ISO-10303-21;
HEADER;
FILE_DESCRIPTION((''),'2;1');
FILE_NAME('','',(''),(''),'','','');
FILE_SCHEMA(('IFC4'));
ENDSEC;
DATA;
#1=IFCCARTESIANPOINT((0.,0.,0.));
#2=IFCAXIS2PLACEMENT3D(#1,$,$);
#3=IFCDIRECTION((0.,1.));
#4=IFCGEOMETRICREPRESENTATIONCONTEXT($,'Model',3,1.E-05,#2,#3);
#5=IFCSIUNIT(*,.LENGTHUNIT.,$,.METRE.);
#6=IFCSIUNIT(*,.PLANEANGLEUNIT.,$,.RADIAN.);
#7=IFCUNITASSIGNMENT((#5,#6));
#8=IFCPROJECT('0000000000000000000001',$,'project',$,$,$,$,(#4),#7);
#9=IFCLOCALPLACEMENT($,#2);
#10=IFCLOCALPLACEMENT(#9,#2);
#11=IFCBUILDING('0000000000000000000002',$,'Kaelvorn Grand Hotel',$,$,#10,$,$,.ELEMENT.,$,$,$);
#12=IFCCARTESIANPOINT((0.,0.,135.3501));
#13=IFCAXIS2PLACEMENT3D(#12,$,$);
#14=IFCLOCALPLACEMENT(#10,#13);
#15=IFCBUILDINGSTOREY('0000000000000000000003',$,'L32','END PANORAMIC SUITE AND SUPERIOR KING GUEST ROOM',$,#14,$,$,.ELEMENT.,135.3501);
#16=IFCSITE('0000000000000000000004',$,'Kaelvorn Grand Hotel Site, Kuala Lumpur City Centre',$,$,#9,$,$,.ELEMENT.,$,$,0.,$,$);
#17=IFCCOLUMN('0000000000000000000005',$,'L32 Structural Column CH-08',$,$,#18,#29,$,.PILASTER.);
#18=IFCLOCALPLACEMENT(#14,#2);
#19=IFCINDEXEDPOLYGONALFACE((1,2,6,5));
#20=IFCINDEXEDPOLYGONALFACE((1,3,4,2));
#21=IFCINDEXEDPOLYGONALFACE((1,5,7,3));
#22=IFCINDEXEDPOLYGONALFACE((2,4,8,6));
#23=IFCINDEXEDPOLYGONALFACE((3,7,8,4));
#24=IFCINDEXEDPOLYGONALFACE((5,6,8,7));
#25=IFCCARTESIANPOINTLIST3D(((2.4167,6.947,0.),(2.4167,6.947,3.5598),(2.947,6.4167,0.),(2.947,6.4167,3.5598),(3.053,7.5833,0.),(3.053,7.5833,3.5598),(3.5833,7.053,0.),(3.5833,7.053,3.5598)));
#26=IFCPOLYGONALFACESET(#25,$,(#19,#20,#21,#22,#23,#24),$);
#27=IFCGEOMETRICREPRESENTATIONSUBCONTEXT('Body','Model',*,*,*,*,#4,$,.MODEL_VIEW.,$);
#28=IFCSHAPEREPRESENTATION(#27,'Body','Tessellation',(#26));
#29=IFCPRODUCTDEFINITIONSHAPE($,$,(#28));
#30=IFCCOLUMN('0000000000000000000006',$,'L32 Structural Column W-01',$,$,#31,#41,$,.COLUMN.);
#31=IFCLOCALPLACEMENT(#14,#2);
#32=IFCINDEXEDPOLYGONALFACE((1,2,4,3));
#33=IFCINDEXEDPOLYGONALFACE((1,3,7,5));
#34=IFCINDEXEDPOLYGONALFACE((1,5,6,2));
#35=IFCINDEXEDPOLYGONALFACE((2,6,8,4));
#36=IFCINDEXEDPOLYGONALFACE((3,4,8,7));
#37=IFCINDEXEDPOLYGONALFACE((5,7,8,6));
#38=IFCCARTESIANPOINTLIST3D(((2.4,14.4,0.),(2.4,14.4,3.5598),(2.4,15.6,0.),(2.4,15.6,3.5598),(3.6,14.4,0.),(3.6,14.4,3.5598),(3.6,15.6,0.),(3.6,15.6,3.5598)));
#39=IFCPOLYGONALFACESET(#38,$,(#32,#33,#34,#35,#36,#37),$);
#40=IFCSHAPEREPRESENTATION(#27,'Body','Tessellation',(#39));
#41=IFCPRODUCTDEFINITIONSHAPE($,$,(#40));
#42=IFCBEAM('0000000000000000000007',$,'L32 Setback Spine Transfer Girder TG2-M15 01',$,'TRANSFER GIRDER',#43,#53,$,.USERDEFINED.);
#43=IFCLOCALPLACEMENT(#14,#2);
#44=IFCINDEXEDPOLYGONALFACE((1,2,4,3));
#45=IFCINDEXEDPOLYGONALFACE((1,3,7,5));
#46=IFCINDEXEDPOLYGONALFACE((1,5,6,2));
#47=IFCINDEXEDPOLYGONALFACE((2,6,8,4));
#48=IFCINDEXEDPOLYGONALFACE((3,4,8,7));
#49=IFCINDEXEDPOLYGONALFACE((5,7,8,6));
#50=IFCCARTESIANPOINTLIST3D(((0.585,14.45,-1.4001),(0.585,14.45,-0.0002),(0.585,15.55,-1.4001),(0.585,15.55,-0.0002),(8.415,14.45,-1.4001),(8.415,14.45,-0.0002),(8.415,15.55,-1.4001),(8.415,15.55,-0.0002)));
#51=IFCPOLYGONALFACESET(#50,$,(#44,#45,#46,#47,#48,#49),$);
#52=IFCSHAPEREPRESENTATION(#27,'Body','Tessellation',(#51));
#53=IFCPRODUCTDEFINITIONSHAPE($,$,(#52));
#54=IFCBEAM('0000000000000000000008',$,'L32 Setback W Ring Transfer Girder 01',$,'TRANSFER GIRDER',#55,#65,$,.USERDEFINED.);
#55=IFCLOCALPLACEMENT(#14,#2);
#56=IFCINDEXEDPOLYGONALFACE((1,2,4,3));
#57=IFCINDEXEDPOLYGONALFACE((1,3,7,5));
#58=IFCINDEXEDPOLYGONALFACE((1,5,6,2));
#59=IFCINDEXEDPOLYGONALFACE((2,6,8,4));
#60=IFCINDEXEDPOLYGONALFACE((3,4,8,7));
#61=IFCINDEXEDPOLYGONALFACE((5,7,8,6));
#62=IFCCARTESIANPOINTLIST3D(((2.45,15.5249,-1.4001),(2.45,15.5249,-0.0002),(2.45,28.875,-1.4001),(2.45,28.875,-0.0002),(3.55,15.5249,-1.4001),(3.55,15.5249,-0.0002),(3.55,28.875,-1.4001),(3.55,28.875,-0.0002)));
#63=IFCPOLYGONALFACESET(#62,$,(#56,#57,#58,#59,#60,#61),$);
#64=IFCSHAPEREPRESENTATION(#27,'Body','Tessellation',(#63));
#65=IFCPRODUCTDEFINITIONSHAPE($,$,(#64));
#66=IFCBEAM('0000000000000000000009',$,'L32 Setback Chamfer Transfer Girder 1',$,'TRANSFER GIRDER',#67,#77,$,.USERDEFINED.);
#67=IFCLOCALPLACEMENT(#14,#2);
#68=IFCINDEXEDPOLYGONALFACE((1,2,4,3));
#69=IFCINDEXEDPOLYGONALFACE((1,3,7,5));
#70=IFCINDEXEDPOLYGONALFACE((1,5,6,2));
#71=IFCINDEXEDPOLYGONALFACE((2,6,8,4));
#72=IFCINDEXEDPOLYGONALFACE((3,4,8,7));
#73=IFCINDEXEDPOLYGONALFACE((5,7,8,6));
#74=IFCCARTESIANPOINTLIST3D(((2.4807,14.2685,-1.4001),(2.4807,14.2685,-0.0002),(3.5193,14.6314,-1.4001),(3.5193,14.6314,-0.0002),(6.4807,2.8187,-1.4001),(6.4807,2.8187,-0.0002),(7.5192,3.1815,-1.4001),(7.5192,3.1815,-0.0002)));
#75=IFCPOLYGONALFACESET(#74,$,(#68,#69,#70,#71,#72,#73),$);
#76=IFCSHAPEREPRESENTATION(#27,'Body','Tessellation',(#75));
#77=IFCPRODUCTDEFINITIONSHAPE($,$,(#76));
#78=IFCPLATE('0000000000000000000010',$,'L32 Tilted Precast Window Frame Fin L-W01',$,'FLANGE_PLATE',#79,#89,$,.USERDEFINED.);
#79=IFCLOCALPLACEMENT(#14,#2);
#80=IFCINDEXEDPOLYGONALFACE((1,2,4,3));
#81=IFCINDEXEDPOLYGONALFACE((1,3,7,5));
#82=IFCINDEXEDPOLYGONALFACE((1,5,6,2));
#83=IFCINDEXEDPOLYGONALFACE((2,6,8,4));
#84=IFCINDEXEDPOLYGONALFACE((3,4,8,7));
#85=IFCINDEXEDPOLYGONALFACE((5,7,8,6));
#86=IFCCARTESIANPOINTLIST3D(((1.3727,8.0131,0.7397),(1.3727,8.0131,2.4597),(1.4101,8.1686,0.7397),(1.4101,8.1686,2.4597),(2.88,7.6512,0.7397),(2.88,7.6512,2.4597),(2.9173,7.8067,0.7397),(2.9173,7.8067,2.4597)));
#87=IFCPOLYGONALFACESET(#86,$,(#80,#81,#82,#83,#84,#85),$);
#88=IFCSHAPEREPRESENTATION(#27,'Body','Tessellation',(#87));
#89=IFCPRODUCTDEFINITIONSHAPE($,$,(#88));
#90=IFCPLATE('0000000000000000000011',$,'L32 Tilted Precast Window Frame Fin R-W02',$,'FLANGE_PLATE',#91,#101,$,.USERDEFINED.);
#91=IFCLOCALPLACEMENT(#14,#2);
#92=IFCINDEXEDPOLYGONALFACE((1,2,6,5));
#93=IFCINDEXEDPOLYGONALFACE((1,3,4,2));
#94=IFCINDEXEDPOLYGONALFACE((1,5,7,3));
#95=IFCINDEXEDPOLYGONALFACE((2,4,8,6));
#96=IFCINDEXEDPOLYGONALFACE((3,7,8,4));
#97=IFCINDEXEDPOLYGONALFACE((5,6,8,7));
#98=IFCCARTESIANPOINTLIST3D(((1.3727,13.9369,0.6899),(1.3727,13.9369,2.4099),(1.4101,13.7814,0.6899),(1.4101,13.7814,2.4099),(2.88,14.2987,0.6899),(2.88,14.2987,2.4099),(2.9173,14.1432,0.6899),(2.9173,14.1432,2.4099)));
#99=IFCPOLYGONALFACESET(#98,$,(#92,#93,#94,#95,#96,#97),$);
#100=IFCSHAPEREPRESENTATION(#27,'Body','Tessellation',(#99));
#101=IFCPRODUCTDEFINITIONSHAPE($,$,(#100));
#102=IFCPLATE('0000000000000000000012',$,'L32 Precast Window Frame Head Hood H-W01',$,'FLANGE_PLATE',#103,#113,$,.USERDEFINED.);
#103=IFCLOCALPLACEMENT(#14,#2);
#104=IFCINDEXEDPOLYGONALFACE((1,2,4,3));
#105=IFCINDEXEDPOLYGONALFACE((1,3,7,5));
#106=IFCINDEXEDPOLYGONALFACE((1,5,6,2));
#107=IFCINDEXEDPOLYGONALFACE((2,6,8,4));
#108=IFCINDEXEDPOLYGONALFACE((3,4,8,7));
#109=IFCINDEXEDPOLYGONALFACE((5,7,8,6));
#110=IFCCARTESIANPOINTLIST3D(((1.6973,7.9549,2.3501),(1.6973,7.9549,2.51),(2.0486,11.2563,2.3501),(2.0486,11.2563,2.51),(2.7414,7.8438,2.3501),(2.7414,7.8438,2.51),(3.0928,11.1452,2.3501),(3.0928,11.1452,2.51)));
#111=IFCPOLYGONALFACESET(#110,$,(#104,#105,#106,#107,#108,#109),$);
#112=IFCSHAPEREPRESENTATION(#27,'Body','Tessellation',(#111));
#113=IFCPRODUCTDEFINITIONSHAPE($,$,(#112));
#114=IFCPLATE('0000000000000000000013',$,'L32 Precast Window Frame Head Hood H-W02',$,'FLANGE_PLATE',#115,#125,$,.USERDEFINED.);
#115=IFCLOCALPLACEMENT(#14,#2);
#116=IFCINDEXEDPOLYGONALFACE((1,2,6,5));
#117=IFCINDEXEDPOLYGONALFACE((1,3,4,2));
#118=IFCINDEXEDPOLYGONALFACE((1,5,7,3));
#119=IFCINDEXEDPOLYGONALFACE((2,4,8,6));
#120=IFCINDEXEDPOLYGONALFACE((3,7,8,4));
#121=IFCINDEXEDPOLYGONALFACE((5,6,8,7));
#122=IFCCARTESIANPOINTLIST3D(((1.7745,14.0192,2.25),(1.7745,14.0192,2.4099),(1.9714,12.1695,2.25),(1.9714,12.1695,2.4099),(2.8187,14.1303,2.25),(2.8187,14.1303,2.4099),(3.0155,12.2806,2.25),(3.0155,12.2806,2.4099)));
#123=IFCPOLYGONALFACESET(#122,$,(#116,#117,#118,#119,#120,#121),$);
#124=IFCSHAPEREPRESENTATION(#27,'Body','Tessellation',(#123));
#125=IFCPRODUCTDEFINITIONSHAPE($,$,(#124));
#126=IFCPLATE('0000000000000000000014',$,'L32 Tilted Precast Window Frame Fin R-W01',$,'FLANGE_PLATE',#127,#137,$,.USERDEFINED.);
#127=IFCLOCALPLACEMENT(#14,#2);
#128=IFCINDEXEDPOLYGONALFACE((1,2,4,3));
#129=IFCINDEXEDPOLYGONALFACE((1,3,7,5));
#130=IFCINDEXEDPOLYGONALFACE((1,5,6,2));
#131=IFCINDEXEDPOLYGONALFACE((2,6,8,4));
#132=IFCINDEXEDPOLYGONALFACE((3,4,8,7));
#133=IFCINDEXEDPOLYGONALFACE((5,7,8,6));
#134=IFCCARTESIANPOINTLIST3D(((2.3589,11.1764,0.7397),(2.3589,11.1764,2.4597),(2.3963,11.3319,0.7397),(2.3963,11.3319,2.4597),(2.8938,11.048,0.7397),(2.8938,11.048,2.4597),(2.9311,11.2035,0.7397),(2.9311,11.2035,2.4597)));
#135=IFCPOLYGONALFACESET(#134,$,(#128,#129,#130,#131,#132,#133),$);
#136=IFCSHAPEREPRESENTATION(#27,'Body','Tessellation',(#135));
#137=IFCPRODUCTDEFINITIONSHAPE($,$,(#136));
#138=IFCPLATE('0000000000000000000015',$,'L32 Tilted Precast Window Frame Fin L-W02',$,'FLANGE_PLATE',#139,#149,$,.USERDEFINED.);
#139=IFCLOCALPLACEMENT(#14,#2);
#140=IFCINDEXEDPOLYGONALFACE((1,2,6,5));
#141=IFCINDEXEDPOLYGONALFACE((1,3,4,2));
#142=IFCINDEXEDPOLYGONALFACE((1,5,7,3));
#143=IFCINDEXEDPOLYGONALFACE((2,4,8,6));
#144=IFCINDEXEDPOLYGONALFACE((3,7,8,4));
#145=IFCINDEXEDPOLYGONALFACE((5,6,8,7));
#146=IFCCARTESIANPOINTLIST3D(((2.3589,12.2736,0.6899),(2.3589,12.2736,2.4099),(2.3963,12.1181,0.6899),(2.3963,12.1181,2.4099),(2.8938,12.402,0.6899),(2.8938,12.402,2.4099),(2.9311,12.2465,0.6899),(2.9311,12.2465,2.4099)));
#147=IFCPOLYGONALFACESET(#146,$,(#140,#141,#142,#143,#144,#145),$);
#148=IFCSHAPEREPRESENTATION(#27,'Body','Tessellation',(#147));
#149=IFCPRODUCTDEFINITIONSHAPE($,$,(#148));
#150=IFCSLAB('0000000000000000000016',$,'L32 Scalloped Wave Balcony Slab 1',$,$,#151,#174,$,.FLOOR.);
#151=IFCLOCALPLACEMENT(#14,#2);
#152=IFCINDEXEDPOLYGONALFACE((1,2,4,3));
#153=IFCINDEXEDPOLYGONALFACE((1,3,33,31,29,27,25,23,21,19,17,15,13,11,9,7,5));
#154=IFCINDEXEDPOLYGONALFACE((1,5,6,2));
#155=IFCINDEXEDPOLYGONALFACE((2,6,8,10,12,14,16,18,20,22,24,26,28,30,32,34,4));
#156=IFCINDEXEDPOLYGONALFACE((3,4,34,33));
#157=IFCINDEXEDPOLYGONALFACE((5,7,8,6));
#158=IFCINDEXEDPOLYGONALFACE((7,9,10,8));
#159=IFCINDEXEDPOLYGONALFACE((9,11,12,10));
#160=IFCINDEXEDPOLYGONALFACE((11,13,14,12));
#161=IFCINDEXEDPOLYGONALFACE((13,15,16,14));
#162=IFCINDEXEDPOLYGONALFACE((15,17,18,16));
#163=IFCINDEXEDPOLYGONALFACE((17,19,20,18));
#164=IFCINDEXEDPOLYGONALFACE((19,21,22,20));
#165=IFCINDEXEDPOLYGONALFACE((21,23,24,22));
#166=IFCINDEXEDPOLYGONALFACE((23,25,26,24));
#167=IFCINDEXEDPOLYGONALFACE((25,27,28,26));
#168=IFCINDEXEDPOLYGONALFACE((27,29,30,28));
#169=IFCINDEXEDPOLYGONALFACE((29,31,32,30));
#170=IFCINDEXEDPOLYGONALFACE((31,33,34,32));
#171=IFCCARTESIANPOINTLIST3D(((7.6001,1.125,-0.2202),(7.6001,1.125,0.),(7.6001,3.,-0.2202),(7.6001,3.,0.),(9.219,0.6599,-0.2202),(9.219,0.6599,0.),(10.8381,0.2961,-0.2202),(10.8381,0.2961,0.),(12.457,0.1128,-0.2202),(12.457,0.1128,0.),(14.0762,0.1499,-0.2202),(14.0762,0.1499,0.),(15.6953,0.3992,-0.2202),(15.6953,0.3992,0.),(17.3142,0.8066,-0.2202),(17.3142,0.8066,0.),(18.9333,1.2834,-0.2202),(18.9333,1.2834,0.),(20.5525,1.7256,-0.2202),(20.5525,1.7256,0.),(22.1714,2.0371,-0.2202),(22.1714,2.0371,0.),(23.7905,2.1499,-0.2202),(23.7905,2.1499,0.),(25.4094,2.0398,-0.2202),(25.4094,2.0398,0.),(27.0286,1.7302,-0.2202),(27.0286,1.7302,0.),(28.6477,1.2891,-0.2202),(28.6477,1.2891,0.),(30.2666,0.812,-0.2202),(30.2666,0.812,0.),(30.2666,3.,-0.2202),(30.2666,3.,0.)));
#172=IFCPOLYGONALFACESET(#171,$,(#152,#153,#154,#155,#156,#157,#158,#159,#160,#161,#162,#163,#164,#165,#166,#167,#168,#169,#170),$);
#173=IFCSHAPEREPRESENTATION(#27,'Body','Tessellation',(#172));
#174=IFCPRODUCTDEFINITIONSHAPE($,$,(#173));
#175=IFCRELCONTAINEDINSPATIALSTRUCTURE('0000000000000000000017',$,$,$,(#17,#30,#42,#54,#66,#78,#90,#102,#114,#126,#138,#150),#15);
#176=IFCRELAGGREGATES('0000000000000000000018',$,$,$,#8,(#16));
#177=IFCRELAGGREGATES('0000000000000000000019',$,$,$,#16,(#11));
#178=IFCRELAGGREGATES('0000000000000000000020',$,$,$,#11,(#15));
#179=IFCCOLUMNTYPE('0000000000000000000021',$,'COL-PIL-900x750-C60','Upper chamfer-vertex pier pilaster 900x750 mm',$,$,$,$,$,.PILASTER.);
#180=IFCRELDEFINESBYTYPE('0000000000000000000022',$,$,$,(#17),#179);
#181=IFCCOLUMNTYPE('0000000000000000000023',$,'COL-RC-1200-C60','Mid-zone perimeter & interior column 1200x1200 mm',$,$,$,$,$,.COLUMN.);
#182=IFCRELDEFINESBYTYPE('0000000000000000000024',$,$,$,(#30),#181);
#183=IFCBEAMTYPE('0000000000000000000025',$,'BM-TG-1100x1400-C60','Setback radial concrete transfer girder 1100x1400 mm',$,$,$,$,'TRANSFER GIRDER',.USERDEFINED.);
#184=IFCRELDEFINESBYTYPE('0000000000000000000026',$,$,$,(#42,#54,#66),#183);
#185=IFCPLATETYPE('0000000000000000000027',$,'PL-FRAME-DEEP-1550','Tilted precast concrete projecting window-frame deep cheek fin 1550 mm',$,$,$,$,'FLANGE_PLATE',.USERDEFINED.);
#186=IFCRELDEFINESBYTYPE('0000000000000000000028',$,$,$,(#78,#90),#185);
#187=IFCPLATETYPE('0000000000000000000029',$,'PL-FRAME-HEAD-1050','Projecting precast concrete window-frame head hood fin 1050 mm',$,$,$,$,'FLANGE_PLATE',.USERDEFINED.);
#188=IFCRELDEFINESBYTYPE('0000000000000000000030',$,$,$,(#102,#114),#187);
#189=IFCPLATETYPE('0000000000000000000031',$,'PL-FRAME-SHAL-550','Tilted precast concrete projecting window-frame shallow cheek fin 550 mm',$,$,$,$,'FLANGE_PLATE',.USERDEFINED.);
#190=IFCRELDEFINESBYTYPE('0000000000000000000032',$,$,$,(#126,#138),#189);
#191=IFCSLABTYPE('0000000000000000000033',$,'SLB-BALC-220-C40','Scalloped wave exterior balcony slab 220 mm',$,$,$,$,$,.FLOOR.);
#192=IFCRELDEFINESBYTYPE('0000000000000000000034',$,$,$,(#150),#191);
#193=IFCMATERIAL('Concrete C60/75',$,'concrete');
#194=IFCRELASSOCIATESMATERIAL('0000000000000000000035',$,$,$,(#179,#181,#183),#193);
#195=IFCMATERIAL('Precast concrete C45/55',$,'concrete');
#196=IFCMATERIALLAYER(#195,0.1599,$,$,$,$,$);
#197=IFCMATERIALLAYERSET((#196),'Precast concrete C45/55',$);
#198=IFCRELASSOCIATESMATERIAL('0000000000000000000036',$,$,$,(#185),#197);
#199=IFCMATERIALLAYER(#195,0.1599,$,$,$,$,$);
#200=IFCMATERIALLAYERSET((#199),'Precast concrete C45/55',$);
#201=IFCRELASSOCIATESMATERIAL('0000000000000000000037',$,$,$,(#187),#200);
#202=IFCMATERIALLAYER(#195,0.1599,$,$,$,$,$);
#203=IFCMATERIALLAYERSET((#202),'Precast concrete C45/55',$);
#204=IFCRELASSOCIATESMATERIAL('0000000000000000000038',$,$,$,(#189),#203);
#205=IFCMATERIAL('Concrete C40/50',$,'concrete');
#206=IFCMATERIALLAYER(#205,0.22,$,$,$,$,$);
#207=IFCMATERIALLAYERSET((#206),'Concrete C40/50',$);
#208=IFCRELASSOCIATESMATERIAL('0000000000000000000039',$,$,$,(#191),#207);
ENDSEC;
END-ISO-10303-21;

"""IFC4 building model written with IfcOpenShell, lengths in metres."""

from ifc_helpers import new_model, si_unit, direction, frame, origin, origin_2d, place, context, subcontext, project, spatial, polyline, rectangle, outline, extrude, material, layer, layer_set, material_profile, profile_set, type_object, element, save


model = new_model("IFC4")

# Units and contexts
model_context = context("Model", 3, precision=1e-05, world=origin(), true_north=direction((0.0, 1.0)))
body_context = subcontext(model_context, "Body", "Model", "MODEL_VIEW")
ifc_project = project(units=[si_unit("LENGTHUNIT", "METRE"), si_unit("PLANEANGLEUNIT", "RADIAN")], contexts=[model_context])

# Site, building, storey
site_placement = place(None, origin())
site = spatial("IfcSite", under=ifc_project, at=site_placement, Name="Kaelvorn Grand Hotel Site, Kuala Lumpur City Centre", CompositionType="ELEMENT", RefElevation=0.0)
building_placement = place(site_placement, origin())
building = spatial("IfcBuilding", under=site, at=building_placement, Name="Kaelvorn Grand Hotel", CompositionType="ELEMENT")
storey_placement = place(building_placement, frame((0.0, 0.0, 135.3501)))
storey = spatial("IfcBuildingStorey", under=building, at=storey_placement, Name="L32", Description="END PANORAMIC SUITE AND SUPERIOR KING GUEST ROOM", CompositionType="ELEMENT", Elevation=135.3501)

# Columns
ifc_material_1 = material(Name="Concrete C60/75", Category="concrete")
ifc_material_profile_1 = material_profile(ifc_material_1, rectangle(XDim=0.8999, YDim=0.75, at=origin_2d()), Name="RC PILASTER 900x750")
ifc_profile_set_1 = profile_set([ifc_material_profile_1], Name="Concrete C60/75")
column_type_1 = type_object("IfcColumnType", Name="COL-PIL-900x750-C60", Description="Upper chamfer-vertex pier pilaster 900x750 mm", PredefinedType="PILASTER", material=ifc_profile_set_1)
column_1_placement = place(storey_placement, frame((3.0, 7.0, 0.0), z_axis=(0.0, 0.0, 1.0), x_axis=(0.707107, 0.707107, 0.0)))
element("IfcColumn", 1, at=column_1_placement, inside=storey, type_object=column_type_1, Name="L32 Structural Column CH-08", PredefinedType="PILASTER", context=body_context, shape_type="SweptSolid", body=[
    extrude(rectangle(XDim=0.8999, YDim=0.75, at=origin_2d()), origin(), (0.0, 0.0, 1.0), 3.5598),
])
ifc_material_profile_2 = material_profile(ifc_material_1, rectangle(XDim=1.2, YDim=1.2, at=origin_2d()), Name="RC COL 1200x1200")
ifc_profile_set_2 = profile_set([ifc_material_profile_2], Name="Concrete C60/75")
column_type_2 = type_object("IfcColumnType", Name="COL-RC-1200-C60", Description="Mid-zone perimeter & interior column 1200x1200 mm", PredefinedType="COLUMN", material=ifc_profile_set_2)
column_2_placement = place(storey_placement, frame((3.0, 15.0, 0.0), z_axis=(0.0, 0.0, 1.0), x_axis=(1.0, 0.0, 0.0)))
element("IfcColumn", 2, at=column_2_placement, inside=storey, type_object=column_type_2, Name="L32 Structural Column W-01", PredefinedType="COLUMN", context=body_context, shape_type="SweptSolid", body=[
    extrude(rectangle(XDim=1.2, YDim=1.2, at=origin_2d()), origin(), (0.0, 0.0, 1.0), 3.5598),
])

# Beams
ifc_material_profile_3 = material_profile(ifc_material_1, rectangle(XDim=1.1001, YDim=1.3999, at=origin_2d()), Name="RC TG 1100x1400")
ifc_profile_set_3 = profile_set([ifc_material_profile_3], Name="Concrete C60/75")
beam_type = type_object("IfcBeamType", Name="BM-TG-1100x1400-C60", Description="Setback radial concrete transfer girder 1100x1400 mm", ElementType="TRANSFER GIRDER", PredefinedType="USERDEFINED", material=ifc_profile_set_3)
beam_1_placement = place(storey_placement, frame((0.585, 15.0, -0.7002), z_axis=(1.0, 0.0, 0.0), x_axis=(0.0, 1.0, 0.0)))
element("IfcBeam", 3, at=beam_1_placement, inside=storey, type_object=beam_type, Name="L32 Setback Spine Transfer Girder TG2-M15 01", ObjectType="TRANSFER GIRDER", PredefinedType="USERDEFINED", context=body_context, shape_type="SweptSolid", body=[
    extrude(rectangle(XDim=1.1001, YDim=1.3999, at=origin_2d()), origin(), (0.0, 0.0, 1.0), 7.8301),
])
beam_2_placement = place(storey_placement, frame((3.0, 15.5249, -0.7002), z_axis=(0.0, 1.0, 0.0), x_axis=(-1.0, 0.0, 0.0)))
element("IfcBeam", 4, at=beam_2_placement, inside=storey, type_object=beam_type, Name="L32 Setback W Ring Transfer Girder 01", ObjectType="TRANSFER GIRDER", PredefinedType="USERDEFINED", context=body_context, shape_type="SweptSolid", body=[
    extrude(rectangle(XDim=1.1001, YDim=1.3999, at=origin_2d()), origin(), (0.0, 0.0, 1.0), 13.3501),
])
beam_3_placement = place(storey_placement, frame((3.0, 14.45, -0.7002), z_axis=(0.329801, -0.944051, 0.0), x_axis=(0.944051, 0.329801, 0.0)))
element("IfcBeam", 5, at=beam_3_placement, inside=storey, type_object=beam_type, Name="L32 Setback Chamfer Transfer Girder 1", ObjectType="TRANSFER GIRDER", PredefinedType="USERDEFINED", context=body_context, shape_type="SweptSolid", body=[
    extrude(rectangle(XDim=1.1001, YDim=1.3999, at=origin_2d()), origin(), (0.0, 0.0, 1.0), 12.1284),
])

# Plates
ifc_material_2 = material(Name="Precast concrete C45/55", Category="concrete")
ifc_layer_1 = layer(ifc_material_2, 0.1599)
ifc_layer_set_1 = layer_set([ifc_layer_1], Name="Precast concrete C45/55")
plate_type_1 = type_object("IfcPlateType", Name="PL-FRAME-DEEP-1550", Description="Tilted precast concrete projecting window-frame deep cheek fin 1550 mm", ElementType="FLANGE_PLATE", PredefinedType="USERDEFINED", material=ifc_layer_set_1)
for number, where, z_axis, x_axis, name in (
    (6, (2.145, 7.9099, 0.7397), (0.0, 0.0, 1.0), (0.233445, 0.97237, 0.0), "L32 Tilted Precast Window Frame Fin L-W01"),
    (7, (2.145, 14.04, 0.6899), (0.0, 0.0, 1.0), (-0.233445, 0.97237, 0.0), "L32 Tilted Precast Window Frame Fin R-W02"),
):
    element("IfcPlate", number, at=place(storey_placement, frame(where, z_axis=z_axis, x_axis=x_axis)), inside=storey, type_object=plate_type_1, Name=name, ObjectType="FLANGE_PLATE", PredefinedType="USERDEFINED", context=body_context, shape_type="SweptSolid", body=[
        extrude(rectangle(XDim=0.1599, YDim=1.55, at=origin_2d()), origin(), (0.0, 0.0, 1.0), 1.72),
    ])
ifc_layer_2 = layer(ifc_material_2, 0.1599)
ifc_layer_set_2 = layer_set([ifc_layer_2], Name="Precast concrete C45/55")
plate_type_2 = type_object("IfcPlateType", Name="PL-FRAME-HEAD-1050", Description="Projecting precast concrete window-frame head hood fin 1050 mm", ElementType="FLANGE_PLATE", PredefinedType="USERDEFINED", material=ifc_layer_set_2)
plate_1_placement = place(storey_placement, frame((2.395, 9.55, 2.3501), z_axis=(0.0, 0.0, 1.0), x_axis=(0.10583, 0.994384, 0.0)))
element("IfcPlate", 8, at=plate_1_placement, inside=storey, type_object=plate_type_2, Name="L32 Precast Window Frame Head Hood H-W01", ObjectType="FLANGE_PLATE", PredefinedType="USERDEFINED", context=body_context, shape_type="SweptSolid", body=[
    extrude(rectangle(XDim=3.3201, YDim=1.05, at=origin_2d()), origin(), (0.0, 0.0, 1.0), 0.1599),
])
plate_2_placement = place(storey_placement, frame((2.395, 13.1499, 2.25), z_axis=(0.0, 0.0, 1.0), x_axis=(-0.10583, 0.994384, 0.0)))
element("IfcPlate", 9, at=plate_2_placement, inside=storey, type_object=plate_type_2, Name="L32 Precast Window Frame Head Hood H-W02", ObjectType="FLANGE_PLATE", PredefinedType="USERDEFINED", context=body_context, shape_type="SweptSolid", body=[
    extrude(rectangle(XDim=1.8601, YDim=1.05, at=origin_2d()), origin(), (0.0, 0.0, 1.0), 0.1599),
])
ifc_layer_3 = layer(ifc_material_2, 0.1599)
ifc_layer_set_3 = layer_set([ifc_layer_3], Name="Precast concrete C45/55")
plate_type_3 = type_object("IfcPlateType", Name="PL-FRAME-SHAL-550", Description="Tilted precast concrete projecting window-frame shallow cheek fin 550 mm", ElementType="FLANGE_PLATE", PredefinedType="USERDEFINED", material=ifc_layer_set_3)
for number, where, z_axis, x_axis, name in (
    (10, (2.645, 11.1899, 0.7397), (0.0, 0.0, 1.0), (0.233445, 0.97237, 0.0), "L32 Tilted Precast Window Frame Fin R-W01"),
    (11, (2.645, 12.26, 0.6899), (0.0, 0.0, 1.0), (-0.233445, 0.97237, 0.0), "L32 Tilted Precast Window Frame Fin L-W02"),
):
    element("IfcPlate", number, at=place(storey_placement, frame(where, z_axis=z_axis, x_axis=x_axis)), inside=storey, type_object=plate_type_3, Name=name, ObjectType="FLANGE_PLATE", PredefinedType="USERDEFINED", context=body_context, shape_type="SweptSolid", body=[
        extrude(rectangle(XDim=0.1599, YDim=0.55, at=origin_2d()), origin(), (0.0, 0.0, 1.0), 1.72),
    ])

# Slab
ifc_material_3 = material(Name="Concrete C40/50", Category="concrete")
ifc_layer_4 = layer(ifc_material_3, 0.22)
ifc_layer_set_4 = layer_set([ifc_layer_4], Name="Concrete C40/50")
slab_type_1 = type_object("IfcSlabType", Name="SLB-BALC-220-C40", Description="Scalloped wave exterior balcony slab 220 mm", PredefinedType="FLOOR", material=ifc_layer_set_4)
slab_1_placement = place(storey_placement, frame((0.0, 0.0, -0.2202)))
element("IfcSlab", 12, at=slab_1_placement, inside=storey, type_object=slab_type_1, Name="L32 Scalloped Wave Balcony Slab 1", PredefinedType="FLOOR", context=body_context, shape_type="SweptSolid", body=[
    extrude(outline(polyline([(7.6001, 1.125), (9.219, 0.6599), (10.8381, 0.2961), (12.457, 0.1128), (14.0762, 0.1499), (15.6953, 0.3992), (17.3142, 0.8066), (18.9333, 1.2834), (20.5525, 1.7256), (22.1714, 2.0371), (23.7905, 2.1499), (25.4094, 2.0398), (27.0286, 1.7302), (28.6477, 1.2891), (30.2666, 0.812), (30.2666, 3.0), (7.6001, 3.0), (7.6001, 1.125)])), origin(), (0.0, 0.0, 1.0), 0.2202),
])

save(model, "model.ifc")
